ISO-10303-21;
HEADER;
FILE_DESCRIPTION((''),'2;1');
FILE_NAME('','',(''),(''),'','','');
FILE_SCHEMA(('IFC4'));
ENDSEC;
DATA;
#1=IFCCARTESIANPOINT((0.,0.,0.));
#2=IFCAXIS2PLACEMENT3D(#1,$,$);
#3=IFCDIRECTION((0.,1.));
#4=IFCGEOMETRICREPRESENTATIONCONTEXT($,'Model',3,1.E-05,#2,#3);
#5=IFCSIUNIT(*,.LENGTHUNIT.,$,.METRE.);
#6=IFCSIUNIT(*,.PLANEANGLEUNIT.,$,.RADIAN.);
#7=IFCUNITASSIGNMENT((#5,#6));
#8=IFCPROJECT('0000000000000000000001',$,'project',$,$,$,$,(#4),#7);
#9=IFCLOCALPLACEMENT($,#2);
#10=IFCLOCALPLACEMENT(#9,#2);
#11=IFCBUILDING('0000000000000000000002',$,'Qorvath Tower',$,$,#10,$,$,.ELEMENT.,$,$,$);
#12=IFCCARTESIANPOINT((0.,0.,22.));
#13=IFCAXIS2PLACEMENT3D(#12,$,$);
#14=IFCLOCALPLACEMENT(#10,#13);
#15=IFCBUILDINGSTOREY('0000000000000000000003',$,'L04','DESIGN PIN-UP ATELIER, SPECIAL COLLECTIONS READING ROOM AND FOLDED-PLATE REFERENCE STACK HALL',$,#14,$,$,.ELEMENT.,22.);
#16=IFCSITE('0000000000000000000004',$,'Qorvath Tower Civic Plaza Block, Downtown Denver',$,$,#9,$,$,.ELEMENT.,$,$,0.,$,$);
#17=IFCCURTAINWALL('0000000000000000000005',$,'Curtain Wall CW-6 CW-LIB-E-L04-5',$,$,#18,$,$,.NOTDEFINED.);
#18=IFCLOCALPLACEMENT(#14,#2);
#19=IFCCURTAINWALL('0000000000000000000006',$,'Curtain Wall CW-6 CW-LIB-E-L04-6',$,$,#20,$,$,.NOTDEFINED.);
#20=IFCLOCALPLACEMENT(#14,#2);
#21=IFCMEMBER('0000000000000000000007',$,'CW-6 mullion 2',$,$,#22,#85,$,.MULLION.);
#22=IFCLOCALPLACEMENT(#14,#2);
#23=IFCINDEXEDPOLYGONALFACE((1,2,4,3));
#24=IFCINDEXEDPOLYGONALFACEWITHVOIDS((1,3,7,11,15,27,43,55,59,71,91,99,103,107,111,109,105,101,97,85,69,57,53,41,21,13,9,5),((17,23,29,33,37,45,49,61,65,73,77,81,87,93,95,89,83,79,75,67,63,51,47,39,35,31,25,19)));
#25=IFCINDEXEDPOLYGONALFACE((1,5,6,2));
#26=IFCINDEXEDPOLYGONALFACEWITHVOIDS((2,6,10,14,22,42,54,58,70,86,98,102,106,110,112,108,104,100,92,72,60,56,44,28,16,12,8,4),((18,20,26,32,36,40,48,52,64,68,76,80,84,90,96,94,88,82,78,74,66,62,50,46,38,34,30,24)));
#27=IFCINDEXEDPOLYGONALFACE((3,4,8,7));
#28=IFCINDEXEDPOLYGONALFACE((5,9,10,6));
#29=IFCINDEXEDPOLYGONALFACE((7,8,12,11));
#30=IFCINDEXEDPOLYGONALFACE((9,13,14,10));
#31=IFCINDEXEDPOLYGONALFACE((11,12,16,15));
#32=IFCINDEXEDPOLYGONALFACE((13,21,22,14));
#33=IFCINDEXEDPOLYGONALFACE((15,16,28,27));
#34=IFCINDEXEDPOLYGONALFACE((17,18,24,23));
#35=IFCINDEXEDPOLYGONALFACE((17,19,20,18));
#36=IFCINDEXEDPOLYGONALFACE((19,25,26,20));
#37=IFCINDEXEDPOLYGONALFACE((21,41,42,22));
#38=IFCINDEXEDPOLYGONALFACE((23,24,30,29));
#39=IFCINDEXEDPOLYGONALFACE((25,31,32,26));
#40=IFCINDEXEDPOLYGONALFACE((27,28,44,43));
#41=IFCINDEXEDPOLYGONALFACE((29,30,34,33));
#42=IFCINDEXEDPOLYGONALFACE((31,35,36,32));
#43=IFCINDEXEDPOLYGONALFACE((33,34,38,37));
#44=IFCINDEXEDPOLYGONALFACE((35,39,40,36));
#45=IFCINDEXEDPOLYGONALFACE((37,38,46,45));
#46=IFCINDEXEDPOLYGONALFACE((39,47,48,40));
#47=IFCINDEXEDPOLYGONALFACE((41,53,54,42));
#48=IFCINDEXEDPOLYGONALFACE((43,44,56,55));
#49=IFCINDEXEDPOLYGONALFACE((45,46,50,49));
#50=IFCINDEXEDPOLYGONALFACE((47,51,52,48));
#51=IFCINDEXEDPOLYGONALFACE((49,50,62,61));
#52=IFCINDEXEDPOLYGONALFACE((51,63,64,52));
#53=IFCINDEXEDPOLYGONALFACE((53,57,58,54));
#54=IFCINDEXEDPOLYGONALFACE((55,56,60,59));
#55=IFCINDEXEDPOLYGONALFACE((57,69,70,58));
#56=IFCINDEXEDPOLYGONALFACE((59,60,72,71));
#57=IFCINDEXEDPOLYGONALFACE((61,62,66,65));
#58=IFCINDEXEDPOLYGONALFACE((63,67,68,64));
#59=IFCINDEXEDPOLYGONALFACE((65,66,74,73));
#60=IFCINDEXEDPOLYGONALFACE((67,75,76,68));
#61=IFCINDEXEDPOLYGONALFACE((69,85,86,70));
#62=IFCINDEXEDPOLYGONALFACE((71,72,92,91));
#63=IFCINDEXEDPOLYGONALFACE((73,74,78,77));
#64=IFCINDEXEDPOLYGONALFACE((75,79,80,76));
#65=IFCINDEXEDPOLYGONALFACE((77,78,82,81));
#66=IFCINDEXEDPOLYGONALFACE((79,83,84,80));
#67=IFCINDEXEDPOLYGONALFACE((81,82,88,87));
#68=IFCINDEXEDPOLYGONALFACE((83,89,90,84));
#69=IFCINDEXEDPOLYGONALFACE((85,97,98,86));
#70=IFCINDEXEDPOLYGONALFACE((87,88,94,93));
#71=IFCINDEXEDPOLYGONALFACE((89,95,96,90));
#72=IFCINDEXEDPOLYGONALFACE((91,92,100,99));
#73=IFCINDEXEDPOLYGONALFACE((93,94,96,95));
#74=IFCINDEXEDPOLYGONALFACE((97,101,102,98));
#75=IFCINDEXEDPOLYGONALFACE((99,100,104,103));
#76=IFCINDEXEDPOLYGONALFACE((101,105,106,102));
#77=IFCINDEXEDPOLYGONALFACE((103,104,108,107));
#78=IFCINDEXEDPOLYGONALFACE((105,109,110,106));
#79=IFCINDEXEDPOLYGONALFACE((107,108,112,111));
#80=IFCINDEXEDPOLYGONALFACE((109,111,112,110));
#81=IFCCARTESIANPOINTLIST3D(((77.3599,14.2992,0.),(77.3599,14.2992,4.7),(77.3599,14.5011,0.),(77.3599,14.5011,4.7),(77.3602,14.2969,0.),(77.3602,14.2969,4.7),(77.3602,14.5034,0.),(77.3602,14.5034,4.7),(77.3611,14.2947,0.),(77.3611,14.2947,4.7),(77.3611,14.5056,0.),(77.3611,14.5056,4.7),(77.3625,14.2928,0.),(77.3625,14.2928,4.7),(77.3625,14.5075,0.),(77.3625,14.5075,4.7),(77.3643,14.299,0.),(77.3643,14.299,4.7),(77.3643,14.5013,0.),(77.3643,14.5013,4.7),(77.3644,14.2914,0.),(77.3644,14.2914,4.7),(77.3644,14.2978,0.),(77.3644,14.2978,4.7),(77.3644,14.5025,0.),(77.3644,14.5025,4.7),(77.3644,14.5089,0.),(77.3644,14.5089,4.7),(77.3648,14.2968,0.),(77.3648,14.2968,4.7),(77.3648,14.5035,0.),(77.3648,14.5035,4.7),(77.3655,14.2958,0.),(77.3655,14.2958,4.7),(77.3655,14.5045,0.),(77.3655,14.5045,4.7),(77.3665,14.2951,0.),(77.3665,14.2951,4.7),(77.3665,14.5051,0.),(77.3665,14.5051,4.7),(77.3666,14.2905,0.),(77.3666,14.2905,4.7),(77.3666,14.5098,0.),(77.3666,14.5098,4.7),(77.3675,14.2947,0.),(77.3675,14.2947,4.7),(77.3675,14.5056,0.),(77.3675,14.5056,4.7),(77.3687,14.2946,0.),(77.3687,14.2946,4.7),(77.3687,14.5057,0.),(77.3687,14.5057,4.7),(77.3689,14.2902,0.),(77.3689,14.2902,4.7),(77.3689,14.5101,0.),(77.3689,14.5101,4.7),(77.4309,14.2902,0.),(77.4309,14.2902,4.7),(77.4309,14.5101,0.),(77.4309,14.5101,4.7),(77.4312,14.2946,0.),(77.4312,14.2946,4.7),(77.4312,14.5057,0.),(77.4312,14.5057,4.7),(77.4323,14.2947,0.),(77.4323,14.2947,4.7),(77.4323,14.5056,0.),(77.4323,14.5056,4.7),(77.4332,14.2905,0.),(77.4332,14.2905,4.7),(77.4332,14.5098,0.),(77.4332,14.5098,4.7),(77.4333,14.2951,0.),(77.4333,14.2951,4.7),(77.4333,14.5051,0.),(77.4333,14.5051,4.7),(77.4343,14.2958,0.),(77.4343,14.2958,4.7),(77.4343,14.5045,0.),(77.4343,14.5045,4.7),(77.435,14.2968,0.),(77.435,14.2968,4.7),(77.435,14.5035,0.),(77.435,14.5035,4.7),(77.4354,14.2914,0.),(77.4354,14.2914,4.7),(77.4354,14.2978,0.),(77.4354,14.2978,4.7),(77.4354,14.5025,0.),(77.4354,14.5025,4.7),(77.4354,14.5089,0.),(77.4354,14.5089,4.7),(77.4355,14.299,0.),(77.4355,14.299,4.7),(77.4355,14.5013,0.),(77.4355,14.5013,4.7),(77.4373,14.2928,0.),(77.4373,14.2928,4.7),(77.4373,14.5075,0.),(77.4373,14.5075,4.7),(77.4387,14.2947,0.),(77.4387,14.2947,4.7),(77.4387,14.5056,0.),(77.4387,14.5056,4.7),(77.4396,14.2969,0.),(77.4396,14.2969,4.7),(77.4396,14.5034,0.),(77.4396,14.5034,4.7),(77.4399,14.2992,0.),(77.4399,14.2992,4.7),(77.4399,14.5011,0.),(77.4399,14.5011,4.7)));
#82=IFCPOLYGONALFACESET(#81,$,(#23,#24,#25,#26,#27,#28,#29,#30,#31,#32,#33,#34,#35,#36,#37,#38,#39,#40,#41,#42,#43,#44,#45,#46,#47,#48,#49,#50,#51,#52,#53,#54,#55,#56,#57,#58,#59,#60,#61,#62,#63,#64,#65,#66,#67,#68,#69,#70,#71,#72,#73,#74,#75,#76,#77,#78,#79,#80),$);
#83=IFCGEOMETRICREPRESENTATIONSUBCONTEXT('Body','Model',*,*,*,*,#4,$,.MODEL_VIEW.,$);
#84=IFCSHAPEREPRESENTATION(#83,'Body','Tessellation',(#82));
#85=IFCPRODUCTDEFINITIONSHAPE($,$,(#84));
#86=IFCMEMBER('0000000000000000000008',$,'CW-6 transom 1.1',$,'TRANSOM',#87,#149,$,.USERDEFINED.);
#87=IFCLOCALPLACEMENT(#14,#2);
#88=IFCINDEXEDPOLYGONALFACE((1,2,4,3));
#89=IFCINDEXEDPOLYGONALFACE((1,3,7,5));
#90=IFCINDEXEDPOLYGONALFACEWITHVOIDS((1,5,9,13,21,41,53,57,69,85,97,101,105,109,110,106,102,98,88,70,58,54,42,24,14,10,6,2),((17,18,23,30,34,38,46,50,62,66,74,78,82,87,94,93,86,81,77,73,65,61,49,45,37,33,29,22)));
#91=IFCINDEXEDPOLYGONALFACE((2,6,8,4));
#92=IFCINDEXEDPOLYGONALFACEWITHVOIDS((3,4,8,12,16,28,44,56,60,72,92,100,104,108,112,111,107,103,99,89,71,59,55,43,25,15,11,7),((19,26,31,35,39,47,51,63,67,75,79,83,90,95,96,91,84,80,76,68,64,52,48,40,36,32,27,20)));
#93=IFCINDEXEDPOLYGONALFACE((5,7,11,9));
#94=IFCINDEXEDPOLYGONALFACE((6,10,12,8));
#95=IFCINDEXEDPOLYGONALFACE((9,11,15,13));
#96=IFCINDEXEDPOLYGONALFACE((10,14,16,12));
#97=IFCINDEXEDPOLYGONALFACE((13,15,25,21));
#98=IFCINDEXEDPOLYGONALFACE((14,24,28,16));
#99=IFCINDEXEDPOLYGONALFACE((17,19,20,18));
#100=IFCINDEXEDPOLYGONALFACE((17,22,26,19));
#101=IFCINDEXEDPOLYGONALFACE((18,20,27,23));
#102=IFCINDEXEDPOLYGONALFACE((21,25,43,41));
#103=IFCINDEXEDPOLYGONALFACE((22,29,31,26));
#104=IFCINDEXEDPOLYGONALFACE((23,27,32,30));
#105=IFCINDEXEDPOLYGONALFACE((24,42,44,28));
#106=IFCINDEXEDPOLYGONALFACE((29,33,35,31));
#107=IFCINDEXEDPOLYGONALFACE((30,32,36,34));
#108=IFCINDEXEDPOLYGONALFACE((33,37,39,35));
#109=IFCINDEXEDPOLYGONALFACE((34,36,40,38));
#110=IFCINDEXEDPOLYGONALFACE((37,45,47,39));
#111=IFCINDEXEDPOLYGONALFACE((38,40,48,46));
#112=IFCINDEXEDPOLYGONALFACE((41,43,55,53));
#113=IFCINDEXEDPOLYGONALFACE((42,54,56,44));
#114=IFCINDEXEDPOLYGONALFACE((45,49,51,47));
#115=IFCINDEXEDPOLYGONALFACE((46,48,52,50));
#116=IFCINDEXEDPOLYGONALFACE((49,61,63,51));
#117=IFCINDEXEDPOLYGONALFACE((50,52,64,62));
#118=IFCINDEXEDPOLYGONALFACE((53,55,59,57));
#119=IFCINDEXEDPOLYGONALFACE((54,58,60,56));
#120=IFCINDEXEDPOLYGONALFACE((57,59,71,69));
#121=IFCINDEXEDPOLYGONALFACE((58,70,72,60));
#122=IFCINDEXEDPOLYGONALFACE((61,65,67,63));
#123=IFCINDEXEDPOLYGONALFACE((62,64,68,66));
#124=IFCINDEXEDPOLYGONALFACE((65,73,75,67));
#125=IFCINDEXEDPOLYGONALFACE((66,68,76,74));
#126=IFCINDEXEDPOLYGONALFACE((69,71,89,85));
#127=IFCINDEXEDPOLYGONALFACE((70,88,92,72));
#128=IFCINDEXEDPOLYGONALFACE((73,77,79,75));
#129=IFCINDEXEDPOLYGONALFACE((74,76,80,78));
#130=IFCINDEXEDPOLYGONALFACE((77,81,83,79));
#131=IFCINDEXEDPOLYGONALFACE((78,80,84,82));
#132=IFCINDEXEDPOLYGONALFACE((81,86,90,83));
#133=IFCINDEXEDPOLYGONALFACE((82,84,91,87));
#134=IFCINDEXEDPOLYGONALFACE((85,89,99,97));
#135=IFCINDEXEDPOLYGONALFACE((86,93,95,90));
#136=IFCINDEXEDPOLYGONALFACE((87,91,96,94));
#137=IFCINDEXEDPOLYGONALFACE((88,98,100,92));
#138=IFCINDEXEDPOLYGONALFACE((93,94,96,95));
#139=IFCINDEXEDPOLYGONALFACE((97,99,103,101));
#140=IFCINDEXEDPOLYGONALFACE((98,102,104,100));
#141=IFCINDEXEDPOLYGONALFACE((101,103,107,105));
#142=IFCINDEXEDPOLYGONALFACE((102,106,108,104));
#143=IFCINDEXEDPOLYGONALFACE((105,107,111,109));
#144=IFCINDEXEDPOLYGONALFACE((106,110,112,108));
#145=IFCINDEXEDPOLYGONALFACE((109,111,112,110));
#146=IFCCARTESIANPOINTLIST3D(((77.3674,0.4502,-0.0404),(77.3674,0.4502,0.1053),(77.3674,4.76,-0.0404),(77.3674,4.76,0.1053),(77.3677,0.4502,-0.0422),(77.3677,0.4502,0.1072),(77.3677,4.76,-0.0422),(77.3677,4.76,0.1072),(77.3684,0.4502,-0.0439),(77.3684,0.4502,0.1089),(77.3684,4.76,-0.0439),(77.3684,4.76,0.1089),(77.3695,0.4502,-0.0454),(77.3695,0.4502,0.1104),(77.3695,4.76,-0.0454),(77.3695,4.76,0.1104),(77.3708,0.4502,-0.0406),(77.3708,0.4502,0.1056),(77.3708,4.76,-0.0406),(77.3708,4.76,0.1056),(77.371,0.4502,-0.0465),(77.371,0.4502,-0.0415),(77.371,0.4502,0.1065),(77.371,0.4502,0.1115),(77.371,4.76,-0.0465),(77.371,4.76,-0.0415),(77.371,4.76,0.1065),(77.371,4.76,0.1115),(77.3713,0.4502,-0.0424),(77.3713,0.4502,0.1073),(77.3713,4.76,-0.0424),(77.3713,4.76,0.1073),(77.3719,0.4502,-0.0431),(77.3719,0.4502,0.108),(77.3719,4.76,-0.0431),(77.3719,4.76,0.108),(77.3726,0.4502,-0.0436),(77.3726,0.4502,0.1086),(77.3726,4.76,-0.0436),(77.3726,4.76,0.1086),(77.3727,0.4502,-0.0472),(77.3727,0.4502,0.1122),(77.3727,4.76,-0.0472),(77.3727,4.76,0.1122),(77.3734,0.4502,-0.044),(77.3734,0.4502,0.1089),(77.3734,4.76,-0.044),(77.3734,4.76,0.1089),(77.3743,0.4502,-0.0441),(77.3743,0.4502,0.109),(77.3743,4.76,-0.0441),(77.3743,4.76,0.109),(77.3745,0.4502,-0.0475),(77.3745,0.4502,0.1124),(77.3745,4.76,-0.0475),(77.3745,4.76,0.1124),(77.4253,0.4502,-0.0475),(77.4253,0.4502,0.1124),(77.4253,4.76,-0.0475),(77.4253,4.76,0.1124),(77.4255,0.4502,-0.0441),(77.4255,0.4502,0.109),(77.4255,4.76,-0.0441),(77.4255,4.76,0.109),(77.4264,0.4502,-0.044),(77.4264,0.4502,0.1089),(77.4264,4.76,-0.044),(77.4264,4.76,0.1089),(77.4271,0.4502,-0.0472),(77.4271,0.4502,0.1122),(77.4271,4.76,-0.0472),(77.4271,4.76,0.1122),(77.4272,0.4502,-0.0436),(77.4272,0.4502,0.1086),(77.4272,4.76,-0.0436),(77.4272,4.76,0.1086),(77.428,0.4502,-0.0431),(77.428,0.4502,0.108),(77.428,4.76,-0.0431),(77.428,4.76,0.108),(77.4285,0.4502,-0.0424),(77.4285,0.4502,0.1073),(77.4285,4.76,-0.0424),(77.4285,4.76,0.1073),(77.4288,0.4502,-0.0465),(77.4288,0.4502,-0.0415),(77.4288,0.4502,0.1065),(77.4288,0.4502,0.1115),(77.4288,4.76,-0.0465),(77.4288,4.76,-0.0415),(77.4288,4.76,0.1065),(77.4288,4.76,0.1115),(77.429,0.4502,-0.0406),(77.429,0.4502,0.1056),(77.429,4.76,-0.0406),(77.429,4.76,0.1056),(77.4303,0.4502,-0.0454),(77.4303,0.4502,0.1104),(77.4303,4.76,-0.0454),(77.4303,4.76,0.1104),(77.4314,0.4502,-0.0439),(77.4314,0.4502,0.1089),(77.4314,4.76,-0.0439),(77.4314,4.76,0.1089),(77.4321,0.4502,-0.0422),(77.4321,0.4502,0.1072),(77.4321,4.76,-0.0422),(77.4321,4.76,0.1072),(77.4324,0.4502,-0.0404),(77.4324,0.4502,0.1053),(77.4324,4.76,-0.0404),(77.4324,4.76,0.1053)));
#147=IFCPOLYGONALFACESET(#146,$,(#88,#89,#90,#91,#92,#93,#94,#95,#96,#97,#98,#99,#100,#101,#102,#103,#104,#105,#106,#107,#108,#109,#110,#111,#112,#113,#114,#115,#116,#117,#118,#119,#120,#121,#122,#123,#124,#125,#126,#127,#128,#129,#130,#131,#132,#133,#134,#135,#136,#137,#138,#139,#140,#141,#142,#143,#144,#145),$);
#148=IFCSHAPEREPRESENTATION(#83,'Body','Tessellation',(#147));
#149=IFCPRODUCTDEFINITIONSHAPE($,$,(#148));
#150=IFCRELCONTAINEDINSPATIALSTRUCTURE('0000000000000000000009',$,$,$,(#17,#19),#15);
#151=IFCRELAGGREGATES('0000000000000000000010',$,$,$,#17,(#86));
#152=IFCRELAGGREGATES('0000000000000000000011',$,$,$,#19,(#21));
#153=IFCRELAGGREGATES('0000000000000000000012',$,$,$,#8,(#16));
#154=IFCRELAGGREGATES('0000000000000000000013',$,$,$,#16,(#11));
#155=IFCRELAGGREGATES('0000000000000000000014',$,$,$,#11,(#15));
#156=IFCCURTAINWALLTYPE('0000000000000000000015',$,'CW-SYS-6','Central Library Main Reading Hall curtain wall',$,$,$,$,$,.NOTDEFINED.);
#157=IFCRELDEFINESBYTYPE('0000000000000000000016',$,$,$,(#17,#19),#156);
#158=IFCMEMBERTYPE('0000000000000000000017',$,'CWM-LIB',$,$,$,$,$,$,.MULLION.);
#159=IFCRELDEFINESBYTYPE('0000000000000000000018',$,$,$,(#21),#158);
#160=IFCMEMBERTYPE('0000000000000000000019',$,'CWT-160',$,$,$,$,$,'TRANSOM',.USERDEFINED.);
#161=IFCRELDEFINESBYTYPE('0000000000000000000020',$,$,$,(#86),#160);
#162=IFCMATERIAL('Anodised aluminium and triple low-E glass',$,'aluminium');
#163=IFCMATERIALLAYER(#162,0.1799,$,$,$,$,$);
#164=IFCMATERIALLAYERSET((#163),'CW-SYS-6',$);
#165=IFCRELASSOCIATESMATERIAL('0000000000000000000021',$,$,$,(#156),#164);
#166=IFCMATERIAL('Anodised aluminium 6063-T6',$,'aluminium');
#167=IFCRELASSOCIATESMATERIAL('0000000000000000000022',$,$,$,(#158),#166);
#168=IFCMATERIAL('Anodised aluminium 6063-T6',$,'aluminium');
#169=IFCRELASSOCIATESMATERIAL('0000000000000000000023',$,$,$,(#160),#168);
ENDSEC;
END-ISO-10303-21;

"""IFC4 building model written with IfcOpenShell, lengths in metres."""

from ifc_helpers import new_model, si_unit, direction, frame, origin, origin_2d, place, context, subcontext, project, spatial, hollow_rectangle, extrude, material, layer, layer_set, material_profile, profile_set, type_object, element, aggregate, save


model = new_model("IFC4")

# Units and contexts
model_context = context("Model", 3, precision=1e-05, world=origin(), true_north=direction((0.0, 1.0)))
body_context = subcontext(model_context, "Body", "Model", "MODEL_VIEW")
ifc_project = project(units=[si_unit("LENGTHUNIT", "METRE"), si_unit("PLANEANGLEUNIT", "RADIAN")], contexts=[model_context])

# Site, building, storey
site_placement = place(None, origin())
site = spatial("IfcSite", under=ifc_project, at=site_placement, Name="Qorvath Tower Civic Plaza Block, Downtown Denver", CompositionType="ELEMENT", RefElevation=0.0)
building_placement = place(site_placement, origin())
building = spatial("IfcBuilding", under=site, at=building_placement, Name="Qorvath Tower", CompositionType="ELEMENT")
storey_placement = place(building_placement, frame((0.0, 0.0, 22.0)))
storey = spatial("IfcBuildingStorey", under=building, at=storey_placement, Name="L04", Description="DESIGN PIN-UP ATELIER, SPECIAL COLLECTIONS READING ROOM AND FOLDED-PLATE REFERENCE STACK HALL", CompositionType="ELEMENT", Elevation=22.0)

# Curtain walls, member
ifc_material_1 = material(Name="Anodised aluminium and triple low-E glass", Category="aluminium")
ifc_layer_1 = layer(ifc_material_1, 0.1799)
ifc_layer_set_1 = layer_set([ifc_layer_1], Name="CW-SYS-6")
curtain_wall_type = type_object("IfcCurtainWallType", Name="CW-SYS-6", Description="Central Library Main Reading Hall curtain wall", PredefinedType="NOTDEFINED", material=ifc_layer_set_1)
curtain_wall_1_placement = place(storey_placement, origin())
curtain_wall_1 = element("IfcCurtainWall", 1, at=curtain_wall_1_placement, inside=storey, type_object=curtain_wall_type, Name="Curtain Wall CW-6 CW-LIB-E-L04-5", PredefinedType="NOTDEFINED")
ifc_material_2 = material(Name="Anodised aluminium 6063-T6", Category="aluminium")
ifc_material_profile_1 = material_profile(ifc_material_2, hollow_rectangle(XDim=0.0801, YDim=0.22, WallThickness=0.0044, InnerFilletRadius=0.0044, OuterFilletRadius=0.009, at=origin_2d()), Name="CWM LIB 220x80")
ifc_profile_set_1 = profile_set([ifc_material_profile_1], Name="Anodised aluminium 6063-T6")
member_type_1 = type_object("IfcMemberType", Name="CWM-LIB", PredefinedType="MULLION", material=ifc_profile_set_1)
curtain_wall_2_placement = place(storey_placement, origin())
curtain_wall_2 = element("IfcCurtainWall", 2, at=curtain_wall_2_placement, inside=storey, type_object=curtain_wall_type, Name="Curtain Wall CW-6 CW-LIB-E-L04-6", PredefinedType="NOTDEFINED")
member_1_placement = place(storey_placement, frame((77.3999, 14.4001, 0.0), z_axis=(0.0, 0.0, 1.0), x_axis=(-1.0, 0.0, 0.0)))
member_1 = element("IfcMember", 3, at=member_1_placement, type_object=member_type_1, Name="CW-6 mullion 2", PredefinedType="MULLION", context=body_context, shape_type="SweptSolid", body=[
    extrude(hollow_rectangle(XDim=0.0801, YDim=0.22, WallThickness=0.0044, InnerFilletRadius=0.0044, OuterFilletRadius=0.009, at=origin_2d()), origin(), (0.0, 0.0, 1.0), 4.7),
])

# Member
ifc_material_3 = material(Name="Anodised aluminium 6063-T6", Category="aluminium")
ifc_material_profile_2 = material_profile(ifc_material_3, hollow_rectangle(XDim=0.0649, YDim=0.1599, WallThickness=0.0034, InnerFilletRadius=0.0034, OuterFilletRadius=0.0071, at=origin_2d()), Name="CWT 160x65")
ifc_profile_set_2 = profile_set([ifc_material_profile_2], Name="Anodised aluminium 6063-T6")
member_type_2 = type_object("IfcMemberType", Name="CWT-160", ElementType="TRANSOM", PredefinedType="USERDEFINED", material=ifc_profile_set_2)
member_2_placement = place(storey_placement, frame((77.3999, 0.4502, 0.0325), z_axis=(0.0, 1.0, 0.0), x_axis=(-1.0, 0.0, 0.0)))
member_2 = element("IfcMember", 4, at=member_2_placement, type_object=member_type_2, Name="CW-6 transom 1.1", ObjectType="TRANSOM", PredefinedType="USERDEFINED", context=body_context, shape_type="SweptSolid", body=[
    extrude(hollow_rectangle(XDim=0.0649, YDim=0.1599, WallThickness=0.0034, InnerFilletRadius=0.0034, OuterFilletRadius=0.0071, at=origin_2d()), origin(), (0.0, 0.0, 1.0), 4.3098),
])

aggregate(curtain_wall_1, [member_2])
aggregate(curtain_wall_2, [member_1])

save(model, "model.ifc")
